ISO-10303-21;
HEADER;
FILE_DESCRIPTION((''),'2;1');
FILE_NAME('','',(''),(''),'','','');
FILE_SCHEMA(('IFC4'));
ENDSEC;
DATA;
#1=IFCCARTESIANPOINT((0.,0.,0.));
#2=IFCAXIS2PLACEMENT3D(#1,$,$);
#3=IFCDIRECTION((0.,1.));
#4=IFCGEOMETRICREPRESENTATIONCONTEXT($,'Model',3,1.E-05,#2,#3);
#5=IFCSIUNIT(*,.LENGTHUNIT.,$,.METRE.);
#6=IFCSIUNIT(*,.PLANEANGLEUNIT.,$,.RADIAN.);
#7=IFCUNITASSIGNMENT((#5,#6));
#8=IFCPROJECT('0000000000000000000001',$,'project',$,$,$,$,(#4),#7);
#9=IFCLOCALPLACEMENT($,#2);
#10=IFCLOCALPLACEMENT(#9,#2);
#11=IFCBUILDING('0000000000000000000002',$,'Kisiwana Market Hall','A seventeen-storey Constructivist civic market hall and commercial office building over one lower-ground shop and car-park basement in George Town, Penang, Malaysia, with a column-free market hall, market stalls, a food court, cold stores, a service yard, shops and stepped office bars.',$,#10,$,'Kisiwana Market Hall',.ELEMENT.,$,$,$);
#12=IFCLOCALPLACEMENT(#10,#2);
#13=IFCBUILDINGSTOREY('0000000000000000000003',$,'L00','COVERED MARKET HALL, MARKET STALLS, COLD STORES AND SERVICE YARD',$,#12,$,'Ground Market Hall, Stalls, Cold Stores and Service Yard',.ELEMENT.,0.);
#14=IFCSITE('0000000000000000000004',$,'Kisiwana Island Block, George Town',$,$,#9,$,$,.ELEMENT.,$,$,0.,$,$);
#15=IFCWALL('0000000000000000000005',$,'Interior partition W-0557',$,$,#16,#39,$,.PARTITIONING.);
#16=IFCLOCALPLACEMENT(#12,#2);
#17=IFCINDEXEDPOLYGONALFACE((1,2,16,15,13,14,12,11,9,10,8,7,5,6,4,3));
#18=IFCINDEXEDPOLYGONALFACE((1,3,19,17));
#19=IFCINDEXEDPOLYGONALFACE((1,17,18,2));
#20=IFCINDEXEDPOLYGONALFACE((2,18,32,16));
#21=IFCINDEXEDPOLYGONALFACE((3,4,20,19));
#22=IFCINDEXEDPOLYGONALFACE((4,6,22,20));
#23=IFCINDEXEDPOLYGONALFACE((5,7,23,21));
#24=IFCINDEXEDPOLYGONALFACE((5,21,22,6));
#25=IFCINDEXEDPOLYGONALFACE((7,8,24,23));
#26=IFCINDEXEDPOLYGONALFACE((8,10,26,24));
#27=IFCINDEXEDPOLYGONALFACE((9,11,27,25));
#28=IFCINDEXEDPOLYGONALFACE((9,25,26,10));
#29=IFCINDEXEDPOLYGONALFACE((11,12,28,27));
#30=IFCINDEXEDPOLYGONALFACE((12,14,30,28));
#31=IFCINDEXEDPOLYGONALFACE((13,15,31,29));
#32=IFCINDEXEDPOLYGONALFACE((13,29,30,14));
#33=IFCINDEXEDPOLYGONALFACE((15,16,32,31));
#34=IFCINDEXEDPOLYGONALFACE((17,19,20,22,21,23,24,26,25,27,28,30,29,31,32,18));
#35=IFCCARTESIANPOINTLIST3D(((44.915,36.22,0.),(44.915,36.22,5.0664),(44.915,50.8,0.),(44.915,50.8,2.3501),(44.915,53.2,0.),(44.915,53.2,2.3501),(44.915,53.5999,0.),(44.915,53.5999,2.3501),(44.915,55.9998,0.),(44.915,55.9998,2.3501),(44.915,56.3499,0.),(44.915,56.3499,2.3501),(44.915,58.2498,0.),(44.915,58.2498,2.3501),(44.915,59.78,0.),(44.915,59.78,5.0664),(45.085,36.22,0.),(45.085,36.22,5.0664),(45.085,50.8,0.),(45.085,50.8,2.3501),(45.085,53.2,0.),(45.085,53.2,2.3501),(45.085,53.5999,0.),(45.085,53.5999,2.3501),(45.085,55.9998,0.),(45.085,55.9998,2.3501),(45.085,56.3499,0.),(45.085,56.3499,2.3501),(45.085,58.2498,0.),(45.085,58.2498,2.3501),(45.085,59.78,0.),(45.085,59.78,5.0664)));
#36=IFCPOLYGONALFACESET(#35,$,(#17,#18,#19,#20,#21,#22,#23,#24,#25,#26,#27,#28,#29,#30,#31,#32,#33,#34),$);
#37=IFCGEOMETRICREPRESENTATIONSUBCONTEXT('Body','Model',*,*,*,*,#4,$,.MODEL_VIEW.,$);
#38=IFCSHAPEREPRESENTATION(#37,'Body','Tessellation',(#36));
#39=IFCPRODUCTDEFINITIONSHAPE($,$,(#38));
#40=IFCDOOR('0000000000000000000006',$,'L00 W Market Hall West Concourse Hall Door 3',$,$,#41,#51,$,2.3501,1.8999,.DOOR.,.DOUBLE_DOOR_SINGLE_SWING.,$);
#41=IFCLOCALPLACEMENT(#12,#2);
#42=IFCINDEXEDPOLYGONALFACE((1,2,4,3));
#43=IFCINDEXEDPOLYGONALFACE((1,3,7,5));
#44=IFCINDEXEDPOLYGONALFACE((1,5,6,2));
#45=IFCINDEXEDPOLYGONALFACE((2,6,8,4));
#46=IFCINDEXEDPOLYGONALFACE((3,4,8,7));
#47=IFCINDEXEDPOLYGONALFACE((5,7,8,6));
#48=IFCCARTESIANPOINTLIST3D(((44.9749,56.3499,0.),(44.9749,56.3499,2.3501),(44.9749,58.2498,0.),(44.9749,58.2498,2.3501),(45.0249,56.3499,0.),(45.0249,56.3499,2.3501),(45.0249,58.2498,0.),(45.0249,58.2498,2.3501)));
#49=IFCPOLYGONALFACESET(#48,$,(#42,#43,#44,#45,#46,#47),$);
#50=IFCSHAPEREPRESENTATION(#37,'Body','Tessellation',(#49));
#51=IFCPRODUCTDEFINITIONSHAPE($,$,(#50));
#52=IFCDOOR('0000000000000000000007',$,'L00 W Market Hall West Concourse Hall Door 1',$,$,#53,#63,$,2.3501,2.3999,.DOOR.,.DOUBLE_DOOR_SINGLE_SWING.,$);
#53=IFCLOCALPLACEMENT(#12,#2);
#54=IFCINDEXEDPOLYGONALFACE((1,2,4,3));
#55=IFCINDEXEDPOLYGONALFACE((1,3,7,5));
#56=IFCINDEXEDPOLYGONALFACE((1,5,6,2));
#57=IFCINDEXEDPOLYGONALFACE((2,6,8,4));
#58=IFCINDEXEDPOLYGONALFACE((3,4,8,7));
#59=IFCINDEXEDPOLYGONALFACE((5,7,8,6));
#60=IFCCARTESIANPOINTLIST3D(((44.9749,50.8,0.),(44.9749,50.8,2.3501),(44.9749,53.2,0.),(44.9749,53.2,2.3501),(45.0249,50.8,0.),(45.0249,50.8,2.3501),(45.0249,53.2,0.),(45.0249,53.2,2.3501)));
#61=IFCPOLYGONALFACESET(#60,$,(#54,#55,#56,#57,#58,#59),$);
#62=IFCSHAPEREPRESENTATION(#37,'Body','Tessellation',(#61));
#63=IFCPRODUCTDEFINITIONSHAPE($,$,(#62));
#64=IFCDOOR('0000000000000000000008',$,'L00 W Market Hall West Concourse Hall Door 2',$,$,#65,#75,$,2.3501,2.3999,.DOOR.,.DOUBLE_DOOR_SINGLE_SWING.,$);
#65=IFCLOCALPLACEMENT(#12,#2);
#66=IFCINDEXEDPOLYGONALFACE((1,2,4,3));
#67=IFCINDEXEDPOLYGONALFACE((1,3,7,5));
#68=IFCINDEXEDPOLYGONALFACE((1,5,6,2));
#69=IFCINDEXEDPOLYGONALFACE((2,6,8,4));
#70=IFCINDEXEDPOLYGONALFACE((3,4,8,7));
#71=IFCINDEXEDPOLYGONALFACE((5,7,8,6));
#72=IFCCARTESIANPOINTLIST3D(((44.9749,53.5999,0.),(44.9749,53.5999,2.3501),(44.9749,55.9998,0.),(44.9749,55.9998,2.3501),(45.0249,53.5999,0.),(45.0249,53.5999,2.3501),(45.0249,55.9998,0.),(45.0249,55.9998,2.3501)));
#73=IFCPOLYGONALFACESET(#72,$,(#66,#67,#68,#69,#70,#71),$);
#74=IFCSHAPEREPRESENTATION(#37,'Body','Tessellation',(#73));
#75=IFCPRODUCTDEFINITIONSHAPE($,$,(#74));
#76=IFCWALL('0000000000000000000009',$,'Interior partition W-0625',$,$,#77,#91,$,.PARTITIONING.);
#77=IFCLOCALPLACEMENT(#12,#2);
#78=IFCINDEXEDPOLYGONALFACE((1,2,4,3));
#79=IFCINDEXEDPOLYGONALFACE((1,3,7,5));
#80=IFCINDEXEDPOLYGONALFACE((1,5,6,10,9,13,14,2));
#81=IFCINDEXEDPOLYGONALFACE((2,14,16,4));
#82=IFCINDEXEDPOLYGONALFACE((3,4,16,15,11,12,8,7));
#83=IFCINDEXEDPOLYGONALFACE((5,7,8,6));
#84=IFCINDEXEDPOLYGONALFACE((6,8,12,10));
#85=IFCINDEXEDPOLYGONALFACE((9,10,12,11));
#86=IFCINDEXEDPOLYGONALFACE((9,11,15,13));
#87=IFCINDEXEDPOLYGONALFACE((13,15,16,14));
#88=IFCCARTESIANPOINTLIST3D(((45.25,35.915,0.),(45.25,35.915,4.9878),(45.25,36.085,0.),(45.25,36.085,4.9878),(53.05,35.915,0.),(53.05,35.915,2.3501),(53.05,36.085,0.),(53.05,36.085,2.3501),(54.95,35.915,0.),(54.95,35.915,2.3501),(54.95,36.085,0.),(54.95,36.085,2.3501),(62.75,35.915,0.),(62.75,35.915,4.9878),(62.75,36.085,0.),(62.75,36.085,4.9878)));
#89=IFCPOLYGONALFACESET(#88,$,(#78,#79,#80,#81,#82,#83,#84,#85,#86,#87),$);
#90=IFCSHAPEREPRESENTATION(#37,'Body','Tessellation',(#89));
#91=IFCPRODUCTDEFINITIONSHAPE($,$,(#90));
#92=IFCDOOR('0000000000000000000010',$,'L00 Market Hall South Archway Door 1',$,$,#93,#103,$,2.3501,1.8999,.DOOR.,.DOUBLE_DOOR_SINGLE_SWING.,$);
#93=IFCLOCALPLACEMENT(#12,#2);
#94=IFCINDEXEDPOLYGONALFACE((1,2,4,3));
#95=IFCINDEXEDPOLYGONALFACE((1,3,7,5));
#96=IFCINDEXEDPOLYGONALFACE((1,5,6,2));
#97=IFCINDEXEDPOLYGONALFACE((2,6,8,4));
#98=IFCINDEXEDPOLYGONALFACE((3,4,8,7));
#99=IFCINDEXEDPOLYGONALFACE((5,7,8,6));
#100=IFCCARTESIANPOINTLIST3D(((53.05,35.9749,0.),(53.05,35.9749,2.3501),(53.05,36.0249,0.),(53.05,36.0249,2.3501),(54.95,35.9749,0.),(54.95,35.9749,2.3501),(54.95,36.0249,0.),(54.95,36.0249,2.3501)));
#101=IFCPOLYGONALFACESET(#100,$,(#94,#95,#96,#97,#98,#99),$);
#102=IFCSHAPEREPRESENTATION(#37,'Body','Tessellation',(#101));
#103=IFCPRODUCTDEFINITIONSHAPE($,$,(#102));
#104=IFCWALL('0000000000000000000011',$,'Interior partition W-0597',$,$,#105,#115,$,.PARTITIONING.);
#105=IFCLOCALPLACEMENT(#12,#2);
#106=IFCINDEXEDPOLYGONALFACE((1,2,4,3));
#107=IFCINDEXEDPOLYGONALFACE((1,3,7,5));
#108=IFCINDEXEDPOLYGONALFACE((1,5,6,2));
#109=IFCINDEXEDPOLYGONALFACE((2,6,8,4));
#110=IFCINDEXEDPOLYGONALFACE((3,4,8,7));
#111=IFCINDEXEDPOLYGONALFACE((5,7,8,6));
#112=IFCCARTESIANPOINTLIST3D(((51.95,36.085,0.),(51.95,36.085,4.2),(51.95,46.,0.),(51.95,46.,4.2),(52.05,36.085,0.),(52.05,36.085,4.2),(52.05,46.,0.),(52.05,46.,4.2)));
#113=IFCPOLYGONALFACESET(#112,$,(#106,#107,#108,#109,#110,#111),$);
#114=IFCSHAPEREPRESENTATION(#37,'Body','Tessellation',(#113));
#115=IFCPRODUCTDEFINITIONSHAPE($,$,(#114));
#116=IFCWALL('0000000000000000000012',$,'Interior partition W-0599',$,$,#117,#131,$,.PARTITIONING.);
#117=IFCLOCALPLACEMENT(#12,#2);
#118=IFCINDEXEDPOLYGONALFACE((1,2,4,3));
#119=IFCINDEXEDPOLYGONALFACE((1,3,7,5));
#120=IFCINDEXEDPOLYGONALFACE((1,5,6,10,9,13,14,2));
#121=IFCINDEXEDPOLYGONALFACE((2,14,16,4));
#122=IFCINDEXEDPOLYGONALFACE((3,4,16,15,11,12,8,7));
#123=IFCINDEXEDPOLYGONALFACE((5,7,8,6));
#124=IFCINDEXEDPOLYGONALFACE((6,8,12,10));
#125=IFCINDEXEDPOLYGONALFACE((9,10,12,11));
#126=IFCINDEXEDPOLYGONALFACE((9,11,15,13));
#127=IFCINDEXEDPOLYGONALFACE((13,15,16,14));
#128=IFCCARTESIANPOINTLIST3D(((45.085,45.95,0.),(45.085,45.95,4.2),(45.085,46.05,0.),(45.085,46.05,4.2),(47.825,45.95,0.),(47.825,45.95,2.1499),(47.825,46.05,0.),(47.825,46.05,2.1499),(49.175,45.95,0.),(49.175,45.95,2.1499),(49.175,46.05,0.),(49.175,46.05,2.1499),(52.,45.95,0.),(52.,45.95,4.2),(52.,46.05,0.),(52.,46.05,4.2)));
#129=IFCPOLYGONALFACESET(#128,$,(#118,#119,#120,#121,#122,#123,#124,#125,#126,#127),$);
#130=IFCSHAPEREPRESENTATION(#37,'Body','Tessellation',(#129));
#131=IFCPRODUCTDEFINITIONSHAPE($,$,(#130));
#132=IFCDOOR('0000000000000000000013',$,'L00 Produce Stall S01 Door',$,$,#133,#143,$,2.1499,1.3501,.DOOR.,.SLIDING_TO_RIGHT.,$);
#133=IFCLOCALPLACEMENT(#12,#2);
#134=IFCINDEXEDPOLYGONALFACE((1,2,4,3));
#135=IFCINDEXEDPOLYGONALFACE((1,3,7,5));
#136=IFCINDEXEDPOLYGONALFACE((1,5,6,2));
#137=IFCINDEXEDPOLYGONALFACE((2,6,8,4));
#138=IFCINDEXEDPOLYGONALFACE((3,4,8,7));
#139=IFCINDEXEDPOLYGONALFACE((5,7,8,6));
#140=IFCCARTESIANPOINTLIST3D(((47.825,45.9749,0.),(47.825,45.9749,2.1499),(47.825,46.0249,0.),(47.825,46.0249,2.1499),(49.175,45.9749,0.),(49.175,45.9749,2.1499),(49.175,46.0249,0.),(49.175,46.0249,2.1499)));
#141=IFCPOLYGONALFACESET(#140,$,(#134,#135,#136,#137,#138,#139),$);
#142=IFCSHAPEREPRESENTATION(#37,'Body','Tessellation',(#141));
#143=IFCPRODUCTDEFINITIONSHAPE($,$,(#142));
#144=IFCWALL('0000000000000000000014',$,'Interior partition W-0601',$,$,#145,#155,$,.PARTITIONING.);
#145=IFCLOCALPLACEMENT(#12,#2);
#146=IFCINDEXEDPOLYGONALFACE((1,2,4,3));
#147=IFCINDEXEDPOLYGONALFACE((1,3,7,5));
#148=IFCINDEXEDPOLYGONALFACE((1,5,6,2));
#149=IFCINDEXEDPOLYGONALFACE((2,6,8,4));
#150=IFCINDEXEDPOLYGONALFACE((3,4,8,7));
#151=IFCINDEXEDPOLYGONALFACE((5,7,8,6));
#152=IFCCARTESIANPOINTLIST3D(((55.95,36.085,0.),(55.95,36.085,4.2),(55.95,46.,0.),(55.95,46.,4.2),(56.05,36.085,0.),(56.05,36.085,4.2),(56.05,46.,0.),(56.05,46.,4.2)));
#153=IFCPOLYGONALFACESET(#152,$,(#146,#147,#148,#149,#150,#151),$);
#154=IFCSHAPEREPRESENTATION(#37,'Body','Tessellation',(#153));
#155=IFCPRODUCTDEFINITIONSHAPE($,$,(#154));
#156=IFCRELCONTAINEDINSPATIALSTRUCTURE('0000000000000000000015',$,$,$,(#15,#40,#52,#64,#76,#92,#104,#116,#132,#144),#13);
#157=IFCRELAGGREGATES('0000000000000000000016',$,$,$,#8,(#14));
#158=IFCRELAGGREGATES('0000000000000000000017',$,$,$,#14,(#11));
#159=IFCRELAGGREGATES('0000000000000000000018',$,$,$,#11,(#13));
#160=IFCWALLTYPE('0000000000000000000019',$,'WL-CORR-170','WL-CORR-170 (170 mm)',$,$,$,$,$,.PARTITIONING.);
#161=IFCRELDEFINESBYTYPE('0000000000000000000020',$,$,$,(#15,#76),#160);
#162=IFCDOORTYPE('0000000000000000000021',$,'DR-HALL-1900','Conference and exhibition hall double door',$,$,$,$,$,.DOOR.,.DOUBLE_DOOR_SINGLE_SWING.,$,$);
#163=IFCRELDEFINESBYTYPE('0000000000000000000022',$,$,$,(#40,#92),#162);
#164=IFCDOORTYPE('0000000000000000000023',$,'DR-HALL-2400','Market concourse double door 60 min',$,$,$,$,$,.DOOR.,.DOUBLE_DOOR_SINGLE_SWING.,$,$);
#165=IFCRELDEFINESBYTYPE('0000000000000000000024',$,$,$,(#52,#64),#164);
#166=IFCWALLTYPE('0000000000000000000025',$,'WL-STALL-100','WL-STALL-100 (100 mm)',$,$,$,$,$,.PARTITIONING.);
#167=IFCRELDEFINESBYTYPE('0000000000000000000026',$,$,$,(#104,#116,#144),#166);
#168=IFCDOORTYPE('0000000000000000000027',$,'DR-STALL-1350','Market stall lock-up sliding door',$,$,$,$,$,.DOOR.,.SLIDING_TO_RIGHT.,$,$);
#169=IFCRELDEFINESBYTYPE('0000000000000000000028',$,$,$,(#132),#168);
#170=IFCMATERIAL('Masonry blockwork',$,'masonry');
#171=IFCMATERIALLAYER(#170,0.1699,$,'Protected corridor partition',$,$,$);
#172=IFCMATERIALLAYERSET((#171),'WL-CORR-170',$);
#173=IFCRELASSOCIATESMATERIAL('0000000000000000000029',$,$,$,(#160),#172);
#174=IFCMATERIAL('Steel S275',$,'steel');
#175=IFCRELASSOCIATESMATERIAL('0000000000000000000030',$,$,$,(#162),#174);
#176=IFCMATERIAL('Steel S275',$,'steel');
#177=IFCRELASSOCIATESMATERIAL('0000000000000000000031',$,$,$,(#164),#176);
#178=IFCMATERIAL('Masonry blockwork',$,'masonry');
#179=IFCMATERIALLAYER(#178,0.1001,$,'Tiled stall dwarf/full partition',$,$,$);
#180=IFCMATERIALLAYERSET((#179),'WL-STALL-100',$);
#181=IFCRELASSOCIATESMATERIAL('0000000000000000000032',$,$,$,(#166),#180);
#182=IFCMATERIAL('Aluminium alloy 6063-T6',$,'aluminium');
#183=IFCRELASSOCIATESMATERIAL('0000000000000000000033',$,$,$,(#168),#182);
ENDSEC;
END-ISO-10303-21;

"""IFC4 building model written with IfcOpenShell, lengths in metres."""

from ifc_helpers import new_model, si_unit, direction, frame, frame_2d, origin, place, context, subcontext, project, spatial, rectangle, extrude, material, layer, layer_set, type_object, element, fill, save


model = new_model("IFC4")

# Units and contexts
model_context = context("Model", 3, precision=1e-05, world=origin(), true_north=direction((0.0, 1.0)))
body_context = subcontext(model_context, "Body", "Model", "MODEL_VIEW")
ifc_project = project(units=[si_unit("LENGTHUNIT", "METRE"), si_unit("PLANEANGLEUNIT", "RADIAN")], contexts=[model_context])

# Site, building, storey
site_placement = place(None, origin())
site = spatial("IfcSite", under=ifc_project, at=site_placement, Name="Kisiwana Island Block, George Town", CompositionType="ELEMENT", RefElevation=0.0)
building_placement = place(site_placement, origin())
building = spatial("IfcBuilding", under=site, at=building_placement, Name="Kisiwana Market Hall", Description="A seventeen-storey Constructivist civic market hall and commercial office building over one lower-ground shop and car-park basement in George Town, Penang, Malaysia, with a column-free market hall, market stalls, a food court, cold stores, a service yard, shops and stepped office bars.", LongName="Kisiwana Market Hall", CompositionType="ELEMENT")
storey_placement = place(building_placement, origin())
storey = spatial("IfcBuildingStorey", under=building, at=storey_placement, Name="L00", Description="COVERED MARKET HALL, MARKET STALLS, COLD STORES AND SERVICE YARD", LongName="Ground Market Hall, Stalls, Cold Stores and Service Yard", CompositionType="ELEMENT", Elevation=0.0)

# Wall, openings, doors
ifc_material_1 = material(Name="Masonry blockwork", Category="masonry")
ifc_layer_1 = layer(ifc_material_1, 0.1699, Name="Protected corridor partition")
ifc_layer_set_1 = layer_set([ifc_layer_1], Name="WL-CORR-170")
wall_type_1 = type_object("IfcWallType", Name="WL-CORR-170", Description="WL-CORR-170 (170 mm)", PredefinedType="PARTITIONING", material=ifc_layer_set_1)
wall_1_placement = place(storey_placement, frame((45.0, 36.22, 0.0), z_axis=(0.0, 0.0, 1.0), x_axis=(0.0, 1.0, 0.0)))
wall_1 = element("IfcWall", 1, at=wall_1_placement, inside=storey, type_object=wall_type_1, Name="Interior partition W-0557", PredefinedType="PARTITIONING", context=body_context, shape_type="SweptSolid", body=[
    extrude(rectangle(XDim=23.5601, YDim=0.1699, at=frame_2d((11.78, 0.0))), origin(), (0.0, 0.0, 1.0), 5.0664),
])
opening_1_placement = place(wall_1_placement, frame((14.5801, 0.0, 0.0)))
opening_1 = element("IfcOpeningElement", 2, at=opening_1_placement, cuts=wall_1, PredefinedType="OPENING", context=body_context, shape_type="SweptSolid", body=[
    extrude(rectangle(XDim=2.3999, YDim=2.3501, at=frame_2d((1.2, 1.175))), frame((0.0, 0.0969, 0.0), z_axis=(0.0, -1.0, 0.0), x_axis=(1.0, 0.0, 0.0)), (0.0, 0.0, 1.0), 0.1938),
])
opening_2_placement = place(wall_1_placement, frame((17.3799, 0.0, 0.0)))
opening_2 = element("IfcOpeningElement", 3, at=opening_2_placement, cuts=wall_1, PredefinedType="OPENING", context=body_context, shape_type="SweptSolid", body=[
    extrude(rectangle(XDim=2.3999, YDim=2.3501, at=frame_2d((1.2, 1.175))), frame((0.0, 0.0969, 0.0), z_axis=(0.0, -1.0, 0.0), x_axis=(1.0, 0.0, 0.0)), (0.0, 0.0, 1.0), 0.1938),
])
opening_3_placement = place(wall_1_placement, frame((20.1299, 0.0, 0.0)))
opening_3 = element("IfcOpeningElement", 4, at=opening_3_placement, cuts=wall_1, PredefinedType="OPENING", context=body_context, shape_type="SweptSolid", body=[
    extrude(rectangle(XDim=1.8999, YDim=2.3501, at=frame_2d((0.95, 1.175))), frame((0.0, 0.0969, 0.0), z_axis=(0.0, -1.0, 0.0), x_axis=(1.0, 0.0, 0.0)), (0.0, 0.0, 1.0), 0.1938),
])
ifc_material_2 = material(Name="Steel S275", Category="steel")
door_type_1 = type_object("IfcDoorType", Name="DR-HALL-1900", Description="Conference and exhibition hall double door", OperationType="DOUBLE_DOOR_SINGLE_SWING", PredefinedType="DOOR", material=ifc_material_2)
door_1_placement = place(opening_3_placement, frame((1.8999, 0.0, 0.0), z_axis=(0.0, 0.0, 1.0), x_axis=(-1.0, 0.0, 0.0)))
door_1 = element("IfcDoor", 5, at=door_1_placement, inside=storey, type_object=door_type_1, Name="L00 W Market Hall West Concourse Hall Door 3", OperationType="DOUBLE_DOOR_SINGLE_SWING", OverallHeight=2.3501, OverallWidth=1.8999, PredefinedType="DOOR", context=body_context, shape_type="SweptSolid", body=[
    extrude(rectangle(XDim=1.8999, YDim=2.3501, at=frame_2d((0.95, 1.175))), frame((0.0, 0.0249, 0.0), z_axis=(0.0, -1.0, 0.0), x_axis=(1.0, 0.0, 0.0)), (0.0, 0.0, 1.0), 0.05),
])
fill(opening_3, door_1)
ifc_material_3 = material(Name="Steel S275", Category="steel")
door_type_2 = type_object("IfcDoorType", Name="DR-HALL-2400", Description="Market concourse double door 60 min", OperationType="DOUBLE_DOOR_SINGLE_SWING", PredefinedType="DOOR", material=ifc_material_3)
door_2_placement = place(opening_1_placement, frame((2.3999, 0.0, 0.0), z_axis=(0.0, 0.0, 1.0), x_axis=(-1.0, 0.0, 0.0)))
door_2 = element("IfcDoor", 6, at=door_2_placement, inside=storey, type_object=door_type_2, Name="L00 W Market Hall West Concourse Hall Door 1", OperationType="DOUBLE_DOOR_SINGLE_SWING", OverallHeight=2.3501, OverallWidth=2.3999, PredefinedType="DOOR", context=body_context, shape_type="SweptSolid", body=[
    extrude(rectangle(XDim=2.3999, YDim=2.3501, at=frame_2d((1.2, 1.175))), frame((0.0, 0.0249, 0.0), z_axis=(0.0, -1.0, 0.0), x_axis=(1.0, 0.0, 0.0)), (0.0, 0.0, 1.0), 0.05),
])
fill(opening_1, door_2)
door_3_placement = place(opening_2_placement, frame((2.3999, 0.0, 0.0), z_axis=(0.0, 0.0, 1.0), x_axis=(-1.0, 0.0, 0.0)))
door_3 = element("IfcDoor", 7, at=door_3_placement, inside=storey, type_object=door_type_2, Name="L00 W Market Hall West Concourse Hall Door 2", OperationType="DOUBLE_DOOR_SINGLE_SWING", OverallHeight=2.3501, OverallWidth=2.3999, PredefinedType="DOOR", context=body_context, shape_type="SweptSolid", body=[
    extrude(rectangle(XDim=2.3999, YDim=2.3501, at=frame_2d((1.2, 1.175))), frame((0.0, 0.0249, 0.0), z_axis=(0.0, -1.0, 0.0), x_axis=(1.0, 0.0, 0.0)), (0.0, 0.0, 1.0), 0.05),
])
fill(opening_2, door_3)

# Wall, opening, door
wall_2_placement = place(storey_placement, frame((45.25, 36.0, 0.0), z_axis=(0.0, 0.0, 1.0), x_axis=(1.0, 0.0, 0.0)))
wall_2 = element("IfcWall", 8, at=wall_2_placement, inside=storey, type_object=wall_type_1, Name="Interior partition W-0625", PredefinedType="PARTITIONING", context=body_context, shape_type="SweptSolid", body=[
    extrude(rectangle(XDim=17.5, YDim=0.1699, at=frame_2d((8.75, 0.0))), origin(), (0.0, 0.0, 1.0), 4.9878),
])
opening_4_placement = place(wall_2_placement, frame((7.8, 0.0, 0.0)))
opening_4 = element("IfcOpeningElement", 9, at=opening_4_placement, cuts=wall_2, PredefinedType="OPENING", context=body_context, shape_type="SweptSolid", body=[
    extrude(rectangle(XDim=1.8999, YDim=2.3501, at=frame_2d((0.95, 1.175))), frame((0.0, 0.0969, 0.0), z_axis=(0.0, -1.0, 0.0), x_axis=(1.0, 0.0, 0.0)), (0.0, 0.0, 1.0), 0.1938),
])
door_4_placement = place(opening_4_placement, origin())
door_4 = element("IfcDoor", 10, at=door_4_placement, inside=storey, type_object=door_type_1, Name="L00 Market Hall South Archway Door 1", OperationType="DOUBLE_DOOR_SINGLE_SWING", OverallHeight=2.3501, OverallWidth=1.8999, PredefinedType="DOOR", context=body_context, shape_type="SweptSolid", body=[
    extrude(rectangle(XDim=1.8999, YDim=2.3501, at=frame_2d((0.95, 1.175))), frame((0.0, 0.0249, 0.0), z_axis=(0.0, -1.0, 0.0), x_axis=(1.0, 0.0, 0.0)), (0.0, 0.0, 1.0), 0.05),
])
fill(opening_4, door_4)

# Wall
ifc_material_4 = material(Name="Masonry blockwork", Category="masonry")
ifc_layer_2 = layer(ifc_material_4, 0.1001, Name="Tiled stall dwarf/full partition")
ifc_layer_set_2 = layer_set([ifc_layer_2], Name="WL-STALL-100")
wall_type_2 = type_object("IfcWallType", Name="WL-STALL-100", Description="WL-STALL-100 (100 mm)", PredefinedType="PARTITIONING", material=ifc_layer_set_2)
wall_3_placement = place(storey_placement, frame((52.0, 36.085, 0.0), z_axis=(0.0, 0.0, 1.0), x_axis=(0.0, 1.0, 0.0)))
element("IfcWall", 11, at=wall_3_placement, inside=storey, type_object=wall_type_2, Name="Interior partition W-0597", PredefinedType="PARTITIONING", context=body_context, shape_type="SweptSolid", body=[
    extrude(rectangle(XDim=9.915, YDim=0.1001, at=frame_2d((4.9575, 0.0))), origin(), (0.0, 0.0, 1.0), 4.2),
])

# Wall, opening, door
wall_4_placement = place(storey_placement, frame((45.085, 46.0, 0.0), z_axis=(0.0, 0.0, 1.0), x_axis=(1.0, 0.0, 0.0)))
wall_4 = element("IfcWall", 12, at=wall_4_placement, inside=storey, type_object=wall_type_2, Name="Interior partition W-0599", PredefinedType="PARTITIONING", context=body_context, shape_type="SweptSolid", body=[
    extrude(rectangle(XDim=6.915, YDim=0.1001, at=frame_2d((3.4575, 0.0))), origin(), (0.0, 0.0, 1.0), 4.2),
])
opening_5_placement = place(wall_4_placement, frame((2.74, 0.0, 0.0)))
opening_5 = element("IfcOpeningElement", 13, at=opening_5_placement, cuts=wall_4, PredefinedType="OPENING", context=body_context, shape_type="SweptSolid", body=[
    extrude(rectangle(XDim=1.3501, YDim=2.1499, at=frame_2d((0.675, 1.075))), frame((0.0, 0.062, 0.0), z_axis=(0.0, -1.0, 0.0), x_axis=(1.0, 0.0, 0.0)), (0.0, 0.0, 1.0), 0.124),
])
ifc_material_5 = material(Name="Aluminium alloy 6063-T6", Category="aluminium")
door_type_3 = type_object("IfcDoorType", Name="DR-STALL-1350", Description="Market stall lock-up sliding door", OperationType="SLIDING_TO_RIGHT", PredefinedType="DOOR", material=ifc_material_5)
door_5_placement = place(opening_5_placement, origin())
door_5 = element("IfcDoor", 14, at=door_5_placement, inside=storey, type_object=door_type_3, Name="L00 Produce Stall S01 Door", OperationType="SLIDING_TO_RIGHT", OverallHeight=2.1499, OverallWidth=1.3501, PredefinedType="DOOR", context=body_context, shape_type="SweptSolid", body=[
    extrude(rectangle(XDim=1.3501, YDim=2.1499, at=frame_2d((0.675, 1.075))), frame((0.0, 0.0249, 0.0), z_axis=(0.0, -1.0, 0.0), x_axis=(1.0, 0.0, 0.0)), (0.0, 0.0, 1.0), 0.05),
])
fill(opening_5, door_5)

# Wall
wall_5_placement = place(storey_placement, frame((56.0, 36.085, 0.0), z_axis=(0.0, 0.0, 1.0), x_axis=(0.0, 1.0, 0.0)))
element("IfcWall", 15, at=wall_5_placement, inside=storey, type_object=wall_type_2, Name="Interior partition W-0601", PredefinedType="PARTITIONING", context=body_context, shape_type="SweptSolid", body=[
    extrude(rectangle(XDim=9.915, YDim=0.1001, at=frame_2d((4.9575, 0.0))), origin(), (0.0, 0.0, 1.0), 4.2),
])

save(model, "model.ifc")
